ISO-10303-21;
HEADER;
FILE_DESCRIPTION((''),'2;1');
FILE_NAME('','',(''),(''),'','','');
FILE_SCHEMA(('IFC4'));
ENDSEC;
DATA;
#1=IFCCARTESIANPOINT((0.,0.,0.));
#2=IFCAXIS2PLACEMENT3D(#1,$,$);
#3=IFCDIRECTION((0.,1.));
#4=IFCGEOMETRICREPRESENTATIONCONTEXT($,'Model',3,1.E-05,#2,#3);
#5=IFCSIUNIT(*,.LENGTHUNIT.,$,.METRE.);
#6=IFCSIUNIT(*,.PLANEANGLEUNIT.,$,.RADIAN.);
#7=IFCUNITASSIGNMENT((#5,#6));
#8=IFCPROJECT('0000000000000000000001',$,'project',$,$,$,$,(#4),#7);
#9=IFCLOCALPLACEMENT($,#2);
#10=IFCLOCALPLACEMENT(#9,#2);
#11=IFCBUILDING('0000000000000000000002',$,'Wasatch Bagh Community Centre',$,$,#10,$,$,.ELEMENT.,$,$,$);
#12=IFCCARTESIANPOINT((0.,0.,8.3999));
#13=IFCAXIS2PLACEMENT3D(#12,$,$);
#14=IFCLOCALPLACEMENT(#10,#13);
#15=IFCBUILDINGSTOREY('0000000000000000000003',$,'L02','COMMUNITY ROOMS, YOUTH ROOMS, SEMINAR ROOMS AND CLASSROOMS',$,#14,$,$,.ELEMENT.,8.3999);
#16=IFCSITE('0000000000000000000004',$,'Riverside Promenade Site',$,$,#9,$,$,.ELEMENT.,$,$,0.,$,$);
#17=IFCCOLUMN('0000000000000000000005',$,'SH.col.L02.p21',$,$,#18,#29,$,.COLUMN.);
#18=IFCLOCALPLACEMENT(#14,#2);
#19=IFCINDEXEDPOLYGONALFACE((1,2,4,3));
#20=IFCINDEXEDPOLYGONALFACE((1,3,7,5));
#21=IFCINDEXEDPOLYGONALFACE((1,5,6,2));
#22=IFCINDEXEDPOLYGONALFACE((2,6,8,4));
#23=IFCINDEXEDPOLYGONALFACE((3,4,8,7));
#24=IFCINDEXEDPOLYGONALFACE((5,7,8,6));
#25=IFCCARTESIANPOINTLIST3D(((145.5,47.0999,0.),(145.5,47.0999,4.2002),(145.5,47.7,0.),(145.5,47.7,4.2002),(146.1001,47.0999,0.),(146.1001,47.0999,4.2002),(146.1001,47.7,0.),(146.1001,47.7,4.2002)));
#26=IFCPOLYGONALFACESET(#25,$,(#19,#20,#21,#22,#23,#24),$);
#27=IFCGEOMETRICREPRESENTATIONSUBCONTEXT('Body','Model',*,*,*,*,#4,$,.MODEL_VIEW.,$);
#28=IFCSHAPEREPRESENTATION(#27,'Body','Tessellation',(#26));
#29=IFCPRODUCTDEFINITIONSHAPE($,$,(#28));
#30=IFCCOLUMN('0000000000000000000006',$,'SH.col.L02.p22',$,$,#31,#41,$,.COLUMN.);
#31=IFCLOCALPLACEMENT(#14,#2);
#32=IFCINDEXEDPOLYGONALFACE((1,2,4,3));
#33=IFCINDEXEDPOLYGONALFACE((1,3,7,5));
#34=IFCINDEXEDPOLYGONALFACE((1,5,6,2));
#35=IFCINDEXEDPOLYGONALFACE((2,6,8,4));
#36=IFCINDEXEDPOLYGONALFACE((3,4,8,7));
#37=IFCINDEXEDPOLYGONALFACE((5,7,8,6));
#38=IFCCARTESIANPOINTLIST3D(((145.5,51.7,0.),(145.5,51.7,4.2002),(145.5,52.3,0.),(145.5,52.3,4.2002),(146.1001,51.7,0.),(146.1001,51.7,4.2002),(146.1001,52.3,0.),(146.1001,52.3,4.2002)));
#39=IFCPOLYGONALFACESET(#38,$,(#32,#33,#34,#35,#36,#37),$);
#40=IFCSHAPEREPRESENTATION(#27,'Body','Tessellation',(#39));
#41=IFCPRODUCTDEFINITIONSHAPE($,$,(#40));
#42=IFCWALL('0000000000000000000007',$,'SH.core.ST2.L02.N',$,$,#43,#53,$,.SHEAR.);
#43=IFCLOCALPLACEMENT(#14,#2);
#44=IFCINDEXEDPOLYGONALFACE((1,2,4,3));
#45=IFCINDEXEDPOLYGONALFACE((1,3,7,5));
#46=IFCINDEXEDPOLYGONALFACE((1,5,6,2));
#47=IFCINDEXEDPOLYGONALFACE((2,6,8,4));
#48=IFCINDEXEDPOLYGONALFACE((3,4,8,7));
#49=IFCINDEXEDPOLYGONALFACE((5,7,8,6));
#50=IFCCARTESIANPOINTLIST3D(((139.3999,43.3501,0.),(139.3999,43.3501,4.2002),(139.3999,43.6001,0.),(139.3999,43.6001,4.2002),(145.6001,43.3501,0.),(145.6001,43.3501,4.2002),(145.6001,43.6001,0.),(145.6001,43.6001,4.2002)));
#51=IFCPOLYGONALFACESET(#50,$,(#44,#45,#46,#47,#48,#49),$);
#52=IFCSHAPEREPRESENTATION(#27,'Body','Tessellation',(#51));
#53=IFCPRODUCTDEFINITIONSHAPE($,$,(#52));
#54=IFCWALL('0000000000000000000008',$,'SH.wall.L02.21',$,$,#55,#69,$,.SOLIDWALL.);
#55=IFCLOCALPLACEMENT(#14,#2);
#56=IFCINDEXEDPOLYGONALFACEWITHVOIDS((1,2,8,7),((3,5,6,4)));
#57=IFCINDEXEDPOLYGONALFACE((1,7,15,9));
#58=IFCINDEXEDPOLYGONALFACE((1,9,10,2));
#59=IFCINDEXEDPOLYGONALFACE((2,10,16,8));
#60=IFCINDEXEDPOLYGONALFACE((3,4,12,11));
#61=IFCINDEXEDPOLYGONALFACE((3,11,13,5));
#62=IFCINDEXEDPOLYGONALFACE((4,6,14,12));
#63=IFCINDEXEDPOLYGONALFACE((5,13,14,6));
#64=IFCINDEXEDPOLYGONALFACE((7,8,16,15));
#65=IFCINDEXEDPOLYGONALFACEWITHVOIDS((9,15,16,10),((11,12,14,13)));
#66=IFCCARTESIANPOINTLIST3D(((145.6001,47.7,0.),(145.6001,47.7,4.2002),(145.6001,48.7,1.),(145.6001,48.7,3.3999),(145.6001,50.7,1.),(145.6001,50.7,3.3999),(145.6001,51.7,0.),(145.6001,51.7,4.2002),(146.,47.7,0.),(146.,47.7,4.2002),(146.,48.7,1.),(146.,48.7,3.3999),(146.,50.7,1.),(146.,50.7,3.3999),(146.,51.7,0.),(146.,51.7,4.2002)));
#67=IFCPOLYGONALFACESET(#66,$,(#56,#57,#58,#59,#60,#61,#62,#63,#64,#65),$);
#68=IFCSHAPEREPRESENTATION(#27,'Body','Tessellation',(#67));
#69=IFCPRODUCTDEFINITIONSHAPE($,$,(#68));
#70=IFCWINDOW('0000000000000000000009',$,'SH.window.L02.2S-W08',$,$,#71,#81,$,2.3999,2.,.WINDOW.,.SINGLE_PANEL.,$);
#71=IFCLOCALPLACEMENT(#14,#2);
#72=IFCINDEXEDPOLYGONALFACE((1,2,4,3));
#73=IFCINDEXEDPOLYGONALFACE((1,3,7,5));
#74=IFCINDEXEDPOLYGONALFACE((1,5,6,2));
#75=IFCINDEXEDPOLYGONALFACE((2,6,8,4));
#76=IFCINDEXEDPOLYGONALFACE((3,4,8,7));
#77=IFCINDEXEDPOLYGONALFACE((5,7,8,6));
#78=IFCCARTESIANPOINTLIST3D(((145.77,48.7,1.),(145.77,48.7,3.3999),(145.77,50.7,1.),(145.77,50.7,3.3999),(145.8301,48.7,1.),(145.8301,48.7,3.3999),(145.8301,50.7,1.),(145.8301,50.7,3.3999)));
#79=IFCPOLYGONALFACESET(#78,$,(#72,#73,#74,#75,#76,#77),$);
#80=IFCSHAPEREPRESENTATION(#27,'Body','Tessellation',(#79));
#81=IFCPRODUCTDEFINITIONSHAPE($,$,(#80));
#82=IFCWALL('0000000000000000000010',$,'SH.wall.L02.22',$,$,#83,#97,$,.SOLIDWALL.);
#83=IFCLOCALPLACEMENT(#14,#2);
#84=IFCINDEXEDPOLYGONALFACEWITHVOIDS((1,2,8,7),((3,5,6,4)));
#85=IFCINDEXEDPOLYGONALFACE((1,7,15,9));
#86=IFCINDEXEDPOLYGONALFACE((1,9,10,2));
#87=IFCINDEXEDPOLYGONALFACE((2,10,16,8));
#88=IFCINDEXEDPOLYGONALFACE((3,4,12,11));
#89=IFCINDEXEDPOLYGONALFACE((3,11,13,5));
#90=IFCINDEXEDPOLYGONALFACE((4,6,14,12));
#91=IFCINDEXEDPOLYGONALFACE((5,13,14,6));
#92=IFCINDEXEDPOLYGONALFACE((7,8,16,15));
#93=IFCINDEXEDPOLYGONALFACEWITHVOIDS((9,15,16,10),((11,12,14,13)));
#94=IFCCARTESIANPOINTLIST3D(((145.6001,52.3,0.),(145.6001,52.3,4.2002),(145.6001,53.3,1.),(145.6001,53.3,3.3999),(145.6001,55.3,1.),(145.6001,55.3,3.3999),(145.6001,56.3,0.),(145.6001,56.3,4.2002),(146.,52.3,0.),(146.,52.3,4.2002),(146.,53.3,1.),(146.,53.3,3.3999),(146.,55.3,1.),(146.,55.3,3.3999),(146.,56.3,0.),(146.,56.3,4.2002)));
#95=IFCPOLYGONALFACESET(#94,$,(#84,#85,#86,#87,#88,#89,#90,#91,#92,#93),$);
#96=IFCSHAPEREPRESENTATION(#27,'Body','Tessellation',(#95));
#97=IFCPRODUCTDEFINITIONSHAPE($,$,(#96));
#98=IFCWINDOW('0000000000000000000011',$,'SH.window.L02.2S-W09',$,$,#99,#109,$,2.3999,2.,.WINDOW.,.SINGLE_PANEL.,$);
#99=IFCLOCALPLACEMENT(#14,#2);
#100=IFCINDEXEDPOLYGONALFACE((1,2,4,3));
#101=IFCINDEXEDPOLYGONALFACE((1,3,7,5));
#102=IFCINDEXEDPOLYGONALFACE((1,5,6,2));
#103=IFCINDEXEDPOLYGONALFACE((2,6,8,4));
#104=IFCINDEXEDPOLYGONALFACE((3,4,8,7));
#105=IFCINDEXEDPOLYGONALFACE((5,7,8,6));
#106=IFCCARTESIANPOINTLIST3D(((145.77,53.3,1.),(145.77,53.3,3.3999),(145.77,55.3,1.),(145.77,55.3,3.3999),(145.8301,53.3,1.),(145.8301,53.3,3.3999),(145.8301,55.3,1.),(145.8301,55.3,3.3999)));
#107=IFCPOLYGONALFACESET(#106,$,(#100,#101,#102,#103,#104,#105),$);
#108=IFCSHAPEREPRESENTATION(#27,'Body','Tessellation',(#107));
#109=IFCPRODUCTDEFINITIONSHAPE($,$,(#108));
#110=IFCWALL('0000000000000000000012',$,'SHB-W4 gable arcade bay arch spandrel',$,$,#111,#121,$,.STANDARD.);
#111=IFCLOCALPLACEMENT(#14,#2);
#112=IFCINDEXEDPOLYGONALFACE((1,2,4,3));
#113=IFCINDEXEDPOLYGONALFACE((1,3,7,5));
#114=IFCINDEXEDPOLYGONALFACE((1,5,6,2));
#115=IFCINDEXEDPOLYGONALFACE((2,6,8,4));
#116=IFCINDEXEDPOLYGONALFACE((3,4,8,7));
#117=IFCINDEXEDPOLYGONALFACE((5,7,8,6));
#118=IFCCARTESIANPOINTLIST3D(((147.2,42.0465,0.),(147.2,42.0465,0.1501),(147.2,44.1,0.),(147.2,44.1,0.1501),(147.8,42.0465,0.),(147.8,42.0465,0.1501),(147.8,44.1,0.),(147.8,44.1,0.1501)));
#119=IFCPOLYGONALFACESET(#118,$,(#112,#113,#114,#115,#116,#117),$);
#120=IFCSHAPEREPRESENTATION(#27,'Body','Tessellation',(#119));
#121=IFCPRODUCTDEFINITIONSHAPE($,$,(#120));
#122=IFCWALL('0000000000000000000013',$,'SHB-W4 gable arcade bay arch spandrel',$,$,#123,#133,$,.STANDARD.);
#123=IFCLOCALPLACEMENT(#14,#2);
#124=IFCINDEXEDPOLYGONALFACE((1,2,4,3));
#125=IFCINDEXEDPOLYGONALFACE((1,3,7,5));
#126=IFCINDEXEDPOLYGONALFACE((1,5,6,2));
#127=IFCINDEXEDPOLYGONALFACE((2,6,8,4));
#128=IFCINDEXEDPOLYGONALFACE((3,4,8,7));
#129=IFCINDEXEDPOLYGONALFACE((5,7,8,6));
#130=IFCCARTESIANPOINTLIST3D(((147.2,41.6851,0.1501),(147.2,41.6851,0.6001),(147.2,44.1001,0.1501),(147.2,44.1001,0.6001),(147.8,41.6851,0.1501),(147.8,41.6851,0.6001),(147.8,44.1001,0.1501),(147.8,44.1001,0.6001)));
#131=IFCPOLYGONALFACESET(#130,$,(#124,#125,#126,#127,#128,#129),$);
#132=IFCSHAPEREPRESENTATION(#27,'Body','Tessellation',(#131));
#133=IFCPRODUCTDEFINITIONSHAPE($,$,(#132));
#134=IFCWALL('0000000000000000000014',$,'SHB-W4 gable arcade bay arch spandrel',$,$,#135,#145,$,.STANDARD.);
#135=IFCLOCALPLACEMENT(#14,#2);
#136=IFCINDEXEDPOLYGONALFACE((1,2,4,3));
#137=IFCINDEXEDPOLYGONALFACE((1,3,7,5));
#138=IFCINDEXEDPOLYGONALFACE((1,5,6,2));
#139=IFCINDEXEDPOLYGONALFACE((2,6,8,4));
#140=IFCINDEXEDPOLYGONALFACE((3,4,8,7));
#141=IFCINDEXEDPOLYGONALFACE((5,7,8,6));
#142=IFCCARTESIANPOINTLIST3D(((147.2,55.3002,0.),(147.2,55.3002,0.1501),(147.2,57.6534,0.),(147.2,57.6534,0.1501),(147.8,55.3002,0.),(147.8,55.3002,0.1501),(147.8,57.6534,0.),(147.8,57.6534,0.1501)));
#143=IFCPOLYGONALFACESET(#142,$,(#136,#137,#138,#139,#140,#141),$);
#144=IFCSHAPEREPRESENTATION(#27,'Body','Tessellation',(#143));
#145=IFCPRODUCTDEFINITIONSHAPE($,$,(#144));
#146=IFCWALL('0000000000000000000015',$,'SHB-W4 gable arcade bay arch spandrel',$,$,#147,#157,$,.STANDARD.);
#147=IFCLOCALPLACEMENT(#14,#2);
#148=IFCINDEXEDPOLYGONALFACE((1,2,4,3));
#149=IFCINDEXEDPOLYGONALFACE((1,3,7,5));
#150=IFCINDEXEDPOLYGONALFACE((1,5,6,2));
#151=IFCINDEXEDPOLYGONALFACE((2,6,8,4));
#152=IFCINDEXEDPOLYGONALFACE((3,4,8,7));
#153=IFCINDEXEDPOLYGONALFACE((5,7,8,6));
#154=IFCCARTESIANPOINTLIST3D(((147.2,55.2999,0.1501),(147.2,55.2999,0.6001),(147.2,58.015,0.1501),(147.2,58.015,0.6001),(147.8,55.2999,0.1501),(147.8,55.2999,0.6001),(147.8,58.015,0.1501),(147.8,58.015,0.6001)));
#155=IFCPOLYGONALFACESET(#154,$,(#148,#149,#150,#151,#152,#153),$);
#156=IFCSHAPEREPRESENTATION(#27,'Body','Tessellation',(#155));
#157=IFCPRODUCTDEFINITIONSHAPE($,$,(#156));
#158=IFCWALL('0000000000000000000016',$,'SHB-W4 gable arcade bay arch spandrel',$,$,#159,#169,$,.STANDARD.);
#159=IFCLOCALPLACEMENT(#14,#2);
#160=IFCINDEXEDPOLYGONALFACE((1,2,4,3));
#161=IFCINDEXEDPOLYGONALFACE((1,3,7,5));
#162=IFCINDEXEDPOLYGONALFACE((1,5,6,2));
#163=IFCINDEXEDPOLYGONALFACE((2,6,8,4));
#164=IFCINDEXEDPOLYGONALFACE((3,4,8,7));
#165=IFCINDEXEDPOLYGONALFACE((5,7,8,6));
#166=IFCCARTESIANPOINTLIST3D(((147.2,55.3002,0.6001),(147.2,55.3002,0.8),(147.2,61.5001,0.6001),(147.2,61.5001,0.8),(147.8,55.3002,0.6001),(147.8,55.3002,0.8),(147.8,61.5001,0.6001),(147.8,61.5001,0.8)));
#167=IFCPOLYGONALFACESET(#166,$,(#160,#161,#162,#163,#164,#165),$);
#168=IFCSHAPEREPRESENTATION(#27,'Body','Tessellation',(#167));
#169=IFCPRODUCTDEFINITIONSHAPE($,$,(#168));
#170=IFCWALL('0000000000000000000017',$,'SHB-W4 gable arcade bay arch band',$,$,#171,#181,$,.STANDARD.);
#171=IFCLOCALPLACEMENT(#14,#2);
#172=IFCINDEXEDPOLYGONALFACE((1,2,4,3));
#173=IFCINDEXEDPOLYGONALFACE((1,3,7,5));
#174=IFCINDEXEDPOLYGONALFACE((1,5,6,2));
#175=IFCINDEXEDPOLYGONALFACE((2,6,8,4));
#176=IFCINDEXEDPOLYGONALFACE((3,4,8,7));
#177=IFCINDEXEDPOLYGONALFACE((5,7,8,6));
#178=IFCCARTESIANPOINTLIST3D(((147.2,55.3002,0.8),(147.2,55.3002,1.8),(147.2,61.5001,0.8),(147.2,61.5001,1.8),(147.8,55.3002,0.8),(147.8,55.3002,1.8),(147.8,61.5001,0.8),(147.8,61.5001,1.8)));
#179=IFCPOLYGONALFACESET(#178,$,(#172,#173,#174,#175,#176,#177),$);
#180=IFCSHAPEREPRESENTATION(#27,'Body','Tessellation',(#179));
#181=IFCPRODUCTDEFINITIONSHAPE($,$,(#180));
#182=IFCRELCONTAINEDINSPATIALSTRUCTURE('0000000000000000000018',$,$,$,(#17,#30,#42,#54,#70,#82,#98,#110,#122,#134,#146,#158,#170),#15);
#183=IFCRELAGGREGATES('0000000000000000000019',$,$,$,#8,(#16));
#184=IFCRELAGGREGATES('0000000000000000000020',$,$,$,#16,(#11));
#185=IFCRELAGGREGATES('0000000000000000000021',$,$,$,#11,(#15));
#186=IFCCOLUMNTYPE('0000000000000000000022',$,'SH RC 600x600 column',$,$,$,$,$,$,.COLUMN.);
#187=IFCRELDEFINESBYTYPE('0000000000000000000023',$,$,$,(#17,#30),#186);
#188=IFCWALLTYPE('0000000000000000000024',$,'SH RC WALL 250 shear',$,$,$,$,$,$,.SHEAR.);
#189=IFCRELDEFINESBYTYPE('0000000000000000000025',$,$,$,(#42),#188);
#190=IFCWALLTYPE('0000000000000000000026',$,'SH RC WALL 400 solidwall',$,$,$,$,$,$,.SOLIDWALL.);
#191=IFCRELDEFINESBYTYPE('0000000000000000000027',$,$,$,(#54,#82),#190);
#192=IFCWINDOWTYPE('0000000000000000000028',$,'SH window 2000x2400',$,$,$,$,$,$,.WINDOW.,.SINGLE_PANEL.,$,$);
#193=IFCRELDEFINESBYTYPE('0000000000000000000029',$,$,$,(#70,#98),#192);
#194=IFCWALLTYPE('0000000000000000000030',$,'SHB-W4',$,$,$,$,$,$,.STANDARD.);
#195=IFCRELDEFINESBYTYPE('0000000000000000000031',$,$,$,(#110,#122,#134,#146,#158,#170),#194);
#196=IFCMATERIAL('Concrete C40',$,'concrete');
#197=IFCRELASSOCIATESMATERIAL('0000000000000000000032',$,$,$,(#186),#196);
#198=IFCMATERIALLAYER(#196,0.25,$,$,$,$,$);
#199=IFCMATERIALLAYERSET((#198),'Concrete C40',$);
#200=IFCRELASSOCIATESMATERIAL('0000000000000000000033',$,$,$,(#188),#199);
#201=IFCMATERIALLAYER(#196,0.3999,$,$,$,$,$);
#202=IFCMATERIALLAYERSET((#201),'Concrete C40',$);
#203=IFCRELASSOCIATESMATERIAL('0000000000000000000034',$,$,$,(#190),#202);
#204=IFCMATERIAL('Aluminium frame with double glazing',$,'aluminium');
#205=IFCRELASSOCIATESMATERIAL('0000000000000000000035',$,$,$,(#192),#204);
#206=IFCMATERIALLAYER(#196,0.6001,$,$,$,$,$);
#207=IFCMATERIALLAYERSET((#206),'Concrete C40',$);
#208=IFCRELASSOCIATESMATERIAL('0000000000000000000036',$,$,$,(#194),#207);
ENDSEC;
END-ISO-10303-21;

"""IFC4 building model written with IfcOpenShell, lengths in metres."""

from ifc_helpers import new_model, si_unit, direction, frame, frame_2d, origin, origin_2d, place, context, subcontext, project, spatial, rectangle, extrude, material, layer, layer_set, material_profile, profile_set, type_object, element, fill, save


model = new_model("IFC4")

# Units and contexts
model_context = context("Model", 3, precision=1e-05, world=origin(), true_north=direction((0.0, 1.0)))
body_context = subcontext(model_context, "Body", "Model", "MODEL_VIEW")
ifc_project = project(units=[si_unit("LENGTHUNIT", "METRE"), si_unit("PLANEANGLEUNIT", "RADIAN")], contexts=[model_context])

# Site, building, storey
site_placement = place(None, origin())
site = spatial("IfcSite", under=ifc_project, at=site_placement, Name="Riverside Promenade Site", CompositionType="ELEMENT", RefElevation=0.0)
building_placement = place(site_placement, origin())
building = spatial("IfcBuilding", under=site, at=building_placement, Name="Wasatch Bagh Community Centre", CompositionType="ELEMENT")
storey_placement = place(building_placement, frame((0.0, 0.0, 8.3999)))
storey = spatial("IfcBuildingStorey", under=building, at=storey_placement, Name="L02", Description="COMMUNITY ROOMS, YOUTH ROOMS, SEMINAR ROOMS AND CLASSROOMS", CompositionType="ELEMENT", Elevation=8.3999)

# Columns
ifc_material_1 = material(Name="Concrete C40", Category="concrete")
ifc_material_profile = material_profile(ifc_material_1, rectangle(XDim=0.6001, YDim=0.6001, at=origin_2d()), Name="RC 600x600")
ifc_profile_set = profile_set([ifc_material_profile], Name="Concrete C40")
column_type = type_object("IfcColumnType", Name="SH RC 600x600 column", PredefinedType="COLUMN", material=ifc_profile_set)
for number, where, z_axis, x_axis, name in (
    (1, (145.8, 47.3999, 0.0), (0.0, 0.0, 1.0), (1.0, 0.0, 0.0), "SH.col.L02.p21"),
    (2, (145.8, 52.0, 0.0), (0.0, 0.0, 1.0), (1.0, 0.0, 0.0), "SH.col.L02.p22"),
):
    element("IfcColumn", number, at=place(storey_placement, frame(where, z_axis=z_axis, x_axis=x_axis)), inside=storey, type_object=column_type, Name=name, PredefinedType="COLUMN", context=body_context, shape_type="SweptSolid", body=[
        extrude(rectangle(XDim=0.6001, YDim=0.6001, at=origin_2d()), origin(), (0.0, 0.0, 1.0), 4.2002),
    ])

# Wall
ifc_layer_1 = layer(ifc_material_1, 0.25)
ifc_layer_set_1 = layer_set([ifc_layer_1], Name="Concrete C40")
wall_type_1 = type_object("IfcWallType", Name="SH RC WALL 250 shear", PredefinedType="SHEAR", material=ifc_layer_set_1)
wall_1_placement = place(storey_placement, frame((139.3999, 43.4751, 0.0), z_axis=(0.0, 0.0, 1.0), x_axis=(1.0, 0.0, 0.0)))
element("IfcWall", 3, at=wall_1_placement, inside=storey, type_object=wall_type_1, Name="SH.core.ST2.L02.N", PredefinedType="SHEAR", context=body_context, shape_type="SweptSolid", body=[
    extrude(rectangle(XDim=6.2002, YDim=0.25, at=frame_2d((3.1001, 0.0))), origin(), (0.0, 0.0, 1.0), 4.2002),
])

# Walls, openings, windows
ifc_layer_2 = layer(ifc_material_1, 0.3999)
ifc_layer_set_2 = layer_set([ifc_layer_2], Name="Concrete C40")
wall_type_2 = type_object("IfcWallType", Name="SH RC WALL 400 solidwall", PredefinedType="SOLIDWALL", material=ifc_layer_set_2)
wall_2_placement = place(storey_placement, frame((145.8, 47.7, 0.0), z_axis=(0.0, 0.0, 1.0), x_axis=(0.0, 1.0, 0.0)))
wall_2 = element("IfcWall", 4, at=wall_2_placement, inside=storey, type_object=wall_type_2, Name="SH.wall.L02.21", PredefinedType="SOLIDWALL", context=body_context, shape_type="SweptSolid", body=[
    extrude(rectangle(XDim=4.0, YDim=0.3999, at=frame_2d((2.0, 0.0))), origin(), (0.0, 0.0, 1.0), 4.2002),
])
opening_1_placement = place(wall_2_placement, frame((1.0, 0.0, 1.0)))
opening_1 = element("IfcOpeningElement", 5, at=opening_1_placement, cuts=wall_2, PredefinedType="OPENING", context=body_context, shape_type="SweptSolid", body=[
    extrude(rectangle(XDim=2.0, YDim=2.3999, at=frame_2d((1.0, 1.2))), frame((0.0, 0.21, 0.0), z_axis=(0.0, -1.0, 0.0), x_axis=(1.0, 0.0, 0.0)), (0.0, 0.0, 1.0), 0.4199),
])
ifc_material_2 = material(Name="Aluminium frame with double glazing", Category="aluminium")
window_type = type_object("IfcWindowType", Name="SH window 2000x2400", PartitioningType="SINGLE_PANEL", PredefinedType="WINDOW", material=ifc_material_2)
window_1_placement = place(opening_1_placement, origin())
window_1 = element("IfcWindow", 6, at=window_1_placement, inside=storey, type_object=window_type, Name="SH.window.L02.2S-W08", OverallHeight=2.3999, OverallWidth=2.0, PartitioningType="SINGLE_PANEL", PredefinedType="WINDOW", context=body_context, shape_type="SweptSolid", body=[
    extrude(rectangle(XDim=2.0, YDim=2.3999, at=frame_2d((1.0, 1.2))), frame((0.0, 0.03, 0.0), z_axis=(0.0, -1.0, 0.0), x_axis=(1.0, 0.0, 0.0)), (0.0, 0.0, 1.0), 0.0601),
])
fill(opening_1, window_1)
wall_3_placement = place(storey_placement, frame((145.8, 52.3, 0.0), z_axis=(0.0, 0.0, 1.0), x_axis=(0.0, 1.0, 0.0)))
wall_3 = element("IfcWall", 7, at=wall_3_placement, inside=storey, type_object=wall_type_2, Name="SH.wall.L02.22", PredefinedType="SOLIDWALL", context=body_context, shape_type="SweptSolid", body=[
    extrude(rectangle(XDim=4.0, YDim=0.3999, at=frame_2d((2.0, 0.0))), origin(), (0.0, 0.0, 1.0), 4.2002),
])
opening_2_placement = place(wall_3_placement, frame((1.0, 0.0, 1.0)))
opening_2 = element("IfcOpeningElement", 8, at=opening_2_placement, cuts=wall_3, PredefinedType="OPENING", context=body_context, shape_type="SweptSolid", body=[
    extrude(rectangle(XDim=2.0, YDim=2.3999, at=frame_2d((1.0, 1.2))), frame((0.0, 0.21, 0.0), z_axis=(0.0, -1.0, 0.0), x_axis=(1.0, 0.0, 0.0)), (0.0, 0.0, 1.0), 0.4199),
])
window_2_placement = place(opening_2_placement, origin())
window_2 = element("IfcWindow", 9, at=window_2_placement, inside=storey, type_object=window_type, Name="SH.window.L02.2S-W09", OverallHeight=2.3999, OverallWidth=2.0, PartitioningType="SINGLE_PANEL", PredefinedType="WINDOW", context=body_context, shape_type="SweptSolid", body=[
    extrude(rectangle(XDim=2.0, YDim=2.3999, at=frame_2d((1.0, 1.2))), frame((0.0, 0.03, 0.0), z_axis=(0.0, -1.0, 0.0), x_axis=(1.0, 0.0, 0.0)), (0.0, 0.0, 1.0), 0.0601),
])
fill(opening_2, window_2)

# Walls
ifc_layer_3 = layer(ifc_material_1, 0.6001)
ifc_layer_set_3 = layer_set([ifc_layer_3], Name="Concrete C40")
wall_type_3 = type_object("IfcWallType", Name="SHB-W4", PredefinedType="STANDARD", material=ifc_layer_set_3)
wall_4_placement = place(storey_placement, frame((147.5, 44.1001, 0.0), z_axis=(0.0, 0.0, 1.0), x_axis=(0.0, -1.0, 0.0)))
element("IfcWall", 10, at=wall_4_placement, inside=storey, type_object=wall_type_3, Name="SHB-W4 gable arcade bay arch spandrel", PredefinedType="STANDARD", context=body_context, shape_type="SweptSolid", body=[
    extrude(rectangle(XDim=2.0535, YDim=0.6001, at=frame_2d((1.0269, 0.0))), origin(), (0.0, 0.0, 1.0), 0.1501),
])
wall_5_placement = place(storey_placement, frame((147.5, 44.1001, 0.1501), z_axis=(0.0, 0.0, 1.0), x_axis=(0.0, -1.0, 0.0)))
element("IfcWall", 11, at=wall_5_placement, inside=storey, type_object=wall_type_3, Name="SHB-W4 gable arcade bay arch spandrel", PredefinedType="STANDARD", context=body_context, shape_type="SweptSolid", body=[
    extrude(rectangle(XDim=2.415, YDim=0.6001, at=frame_2d((1.2075, 0.0))), origin(), (0.0, 0.0, 1.0), 0.45),
])
wall_6_placement = place(storey_placement, frame((147.5, 55.3, 0.0), z_axis=(0.0, 0.0, 1.0), x_axis=(0.0, 1.0, 0.0)))
element("IfcWall", 12, at=wall_6_placement, inside=storey, type_object=wall_type_3, Name="SHB-W4 gable arcade bay arch spandrel", PredefinedType="STANDARD", context=body_context, shape_type="SweptSolid", body=[
    extrude(rectangle(XDim=2.3533, YDim=0.6001, at=frame_2d((1.1768, 0.0))), origin(), (0.0, 0.0, 1.0), 0.1501),
])
wall_7_placement = place(storey_placement, frame((147.5, 55.3, 0.1501), z_axis=(0.0, 0.0, 1.0), x_axis=(0.0, 1.0, 0.0)))
element("IfcWall", 13, at=wall_7_placement, inside=storey, type_object=wall_type_3, Name="SHB-W4 gable arcade bay arch spandrel", PredefinedType="STANDARD", context=body_context, shape_type="SweptSolid", body=[
    extrude(rectangle(XDim=2.7151, YDim=0.6001, at=frame_2d((1.3574, 0.0))), origin(), (0.0, 0.0, 1.0), 0.45),
])
wall_8_placement = place(storey_placement, frame((147.5, 55.3, 0.6001), z_axis=(0.0, 0.0, 1.0), x_axis=(0.0, 1.0, 0.0)))
element("IfcWall", 14, at=wall_8_placement, inside=storey, type_object=wall_type_3, Name="SHB-W4 gable arcade bay arch spandrel", PredefinedType="STANDARD", context=body_context, shape_type="SweptSolid", body=[
    extrude(rectangle(XDim=6.2, YDim=0.6001, at=frame_2d((3.1001, 0.0))), origin(), (0.0, 0.0, 1.0), 0.2),
])
wall_9_placement = place(storey_placement, frame((147.5, 55.3, 0.8), z_axis=(0.0, 0.0, 1.0), x_axis=(0.0, 1.0, 0.0)))
element("IfcWall", 15, at=wall_9_placement, inside=storey, type_object=wall_type_3, Name="SHB-W4 gable arcade bay arch band", PredefinedType="STANDARD", context=body_context, shape_type="SweptSolid", body=[
    extrude(rectangle(XDim=6.2, YDim=0.6001, at=frame_2d((3.1001, 0.0))), origin(), (0.0, 0.0, 1.0), 1.0),
])

save(model, "model.ifc")
